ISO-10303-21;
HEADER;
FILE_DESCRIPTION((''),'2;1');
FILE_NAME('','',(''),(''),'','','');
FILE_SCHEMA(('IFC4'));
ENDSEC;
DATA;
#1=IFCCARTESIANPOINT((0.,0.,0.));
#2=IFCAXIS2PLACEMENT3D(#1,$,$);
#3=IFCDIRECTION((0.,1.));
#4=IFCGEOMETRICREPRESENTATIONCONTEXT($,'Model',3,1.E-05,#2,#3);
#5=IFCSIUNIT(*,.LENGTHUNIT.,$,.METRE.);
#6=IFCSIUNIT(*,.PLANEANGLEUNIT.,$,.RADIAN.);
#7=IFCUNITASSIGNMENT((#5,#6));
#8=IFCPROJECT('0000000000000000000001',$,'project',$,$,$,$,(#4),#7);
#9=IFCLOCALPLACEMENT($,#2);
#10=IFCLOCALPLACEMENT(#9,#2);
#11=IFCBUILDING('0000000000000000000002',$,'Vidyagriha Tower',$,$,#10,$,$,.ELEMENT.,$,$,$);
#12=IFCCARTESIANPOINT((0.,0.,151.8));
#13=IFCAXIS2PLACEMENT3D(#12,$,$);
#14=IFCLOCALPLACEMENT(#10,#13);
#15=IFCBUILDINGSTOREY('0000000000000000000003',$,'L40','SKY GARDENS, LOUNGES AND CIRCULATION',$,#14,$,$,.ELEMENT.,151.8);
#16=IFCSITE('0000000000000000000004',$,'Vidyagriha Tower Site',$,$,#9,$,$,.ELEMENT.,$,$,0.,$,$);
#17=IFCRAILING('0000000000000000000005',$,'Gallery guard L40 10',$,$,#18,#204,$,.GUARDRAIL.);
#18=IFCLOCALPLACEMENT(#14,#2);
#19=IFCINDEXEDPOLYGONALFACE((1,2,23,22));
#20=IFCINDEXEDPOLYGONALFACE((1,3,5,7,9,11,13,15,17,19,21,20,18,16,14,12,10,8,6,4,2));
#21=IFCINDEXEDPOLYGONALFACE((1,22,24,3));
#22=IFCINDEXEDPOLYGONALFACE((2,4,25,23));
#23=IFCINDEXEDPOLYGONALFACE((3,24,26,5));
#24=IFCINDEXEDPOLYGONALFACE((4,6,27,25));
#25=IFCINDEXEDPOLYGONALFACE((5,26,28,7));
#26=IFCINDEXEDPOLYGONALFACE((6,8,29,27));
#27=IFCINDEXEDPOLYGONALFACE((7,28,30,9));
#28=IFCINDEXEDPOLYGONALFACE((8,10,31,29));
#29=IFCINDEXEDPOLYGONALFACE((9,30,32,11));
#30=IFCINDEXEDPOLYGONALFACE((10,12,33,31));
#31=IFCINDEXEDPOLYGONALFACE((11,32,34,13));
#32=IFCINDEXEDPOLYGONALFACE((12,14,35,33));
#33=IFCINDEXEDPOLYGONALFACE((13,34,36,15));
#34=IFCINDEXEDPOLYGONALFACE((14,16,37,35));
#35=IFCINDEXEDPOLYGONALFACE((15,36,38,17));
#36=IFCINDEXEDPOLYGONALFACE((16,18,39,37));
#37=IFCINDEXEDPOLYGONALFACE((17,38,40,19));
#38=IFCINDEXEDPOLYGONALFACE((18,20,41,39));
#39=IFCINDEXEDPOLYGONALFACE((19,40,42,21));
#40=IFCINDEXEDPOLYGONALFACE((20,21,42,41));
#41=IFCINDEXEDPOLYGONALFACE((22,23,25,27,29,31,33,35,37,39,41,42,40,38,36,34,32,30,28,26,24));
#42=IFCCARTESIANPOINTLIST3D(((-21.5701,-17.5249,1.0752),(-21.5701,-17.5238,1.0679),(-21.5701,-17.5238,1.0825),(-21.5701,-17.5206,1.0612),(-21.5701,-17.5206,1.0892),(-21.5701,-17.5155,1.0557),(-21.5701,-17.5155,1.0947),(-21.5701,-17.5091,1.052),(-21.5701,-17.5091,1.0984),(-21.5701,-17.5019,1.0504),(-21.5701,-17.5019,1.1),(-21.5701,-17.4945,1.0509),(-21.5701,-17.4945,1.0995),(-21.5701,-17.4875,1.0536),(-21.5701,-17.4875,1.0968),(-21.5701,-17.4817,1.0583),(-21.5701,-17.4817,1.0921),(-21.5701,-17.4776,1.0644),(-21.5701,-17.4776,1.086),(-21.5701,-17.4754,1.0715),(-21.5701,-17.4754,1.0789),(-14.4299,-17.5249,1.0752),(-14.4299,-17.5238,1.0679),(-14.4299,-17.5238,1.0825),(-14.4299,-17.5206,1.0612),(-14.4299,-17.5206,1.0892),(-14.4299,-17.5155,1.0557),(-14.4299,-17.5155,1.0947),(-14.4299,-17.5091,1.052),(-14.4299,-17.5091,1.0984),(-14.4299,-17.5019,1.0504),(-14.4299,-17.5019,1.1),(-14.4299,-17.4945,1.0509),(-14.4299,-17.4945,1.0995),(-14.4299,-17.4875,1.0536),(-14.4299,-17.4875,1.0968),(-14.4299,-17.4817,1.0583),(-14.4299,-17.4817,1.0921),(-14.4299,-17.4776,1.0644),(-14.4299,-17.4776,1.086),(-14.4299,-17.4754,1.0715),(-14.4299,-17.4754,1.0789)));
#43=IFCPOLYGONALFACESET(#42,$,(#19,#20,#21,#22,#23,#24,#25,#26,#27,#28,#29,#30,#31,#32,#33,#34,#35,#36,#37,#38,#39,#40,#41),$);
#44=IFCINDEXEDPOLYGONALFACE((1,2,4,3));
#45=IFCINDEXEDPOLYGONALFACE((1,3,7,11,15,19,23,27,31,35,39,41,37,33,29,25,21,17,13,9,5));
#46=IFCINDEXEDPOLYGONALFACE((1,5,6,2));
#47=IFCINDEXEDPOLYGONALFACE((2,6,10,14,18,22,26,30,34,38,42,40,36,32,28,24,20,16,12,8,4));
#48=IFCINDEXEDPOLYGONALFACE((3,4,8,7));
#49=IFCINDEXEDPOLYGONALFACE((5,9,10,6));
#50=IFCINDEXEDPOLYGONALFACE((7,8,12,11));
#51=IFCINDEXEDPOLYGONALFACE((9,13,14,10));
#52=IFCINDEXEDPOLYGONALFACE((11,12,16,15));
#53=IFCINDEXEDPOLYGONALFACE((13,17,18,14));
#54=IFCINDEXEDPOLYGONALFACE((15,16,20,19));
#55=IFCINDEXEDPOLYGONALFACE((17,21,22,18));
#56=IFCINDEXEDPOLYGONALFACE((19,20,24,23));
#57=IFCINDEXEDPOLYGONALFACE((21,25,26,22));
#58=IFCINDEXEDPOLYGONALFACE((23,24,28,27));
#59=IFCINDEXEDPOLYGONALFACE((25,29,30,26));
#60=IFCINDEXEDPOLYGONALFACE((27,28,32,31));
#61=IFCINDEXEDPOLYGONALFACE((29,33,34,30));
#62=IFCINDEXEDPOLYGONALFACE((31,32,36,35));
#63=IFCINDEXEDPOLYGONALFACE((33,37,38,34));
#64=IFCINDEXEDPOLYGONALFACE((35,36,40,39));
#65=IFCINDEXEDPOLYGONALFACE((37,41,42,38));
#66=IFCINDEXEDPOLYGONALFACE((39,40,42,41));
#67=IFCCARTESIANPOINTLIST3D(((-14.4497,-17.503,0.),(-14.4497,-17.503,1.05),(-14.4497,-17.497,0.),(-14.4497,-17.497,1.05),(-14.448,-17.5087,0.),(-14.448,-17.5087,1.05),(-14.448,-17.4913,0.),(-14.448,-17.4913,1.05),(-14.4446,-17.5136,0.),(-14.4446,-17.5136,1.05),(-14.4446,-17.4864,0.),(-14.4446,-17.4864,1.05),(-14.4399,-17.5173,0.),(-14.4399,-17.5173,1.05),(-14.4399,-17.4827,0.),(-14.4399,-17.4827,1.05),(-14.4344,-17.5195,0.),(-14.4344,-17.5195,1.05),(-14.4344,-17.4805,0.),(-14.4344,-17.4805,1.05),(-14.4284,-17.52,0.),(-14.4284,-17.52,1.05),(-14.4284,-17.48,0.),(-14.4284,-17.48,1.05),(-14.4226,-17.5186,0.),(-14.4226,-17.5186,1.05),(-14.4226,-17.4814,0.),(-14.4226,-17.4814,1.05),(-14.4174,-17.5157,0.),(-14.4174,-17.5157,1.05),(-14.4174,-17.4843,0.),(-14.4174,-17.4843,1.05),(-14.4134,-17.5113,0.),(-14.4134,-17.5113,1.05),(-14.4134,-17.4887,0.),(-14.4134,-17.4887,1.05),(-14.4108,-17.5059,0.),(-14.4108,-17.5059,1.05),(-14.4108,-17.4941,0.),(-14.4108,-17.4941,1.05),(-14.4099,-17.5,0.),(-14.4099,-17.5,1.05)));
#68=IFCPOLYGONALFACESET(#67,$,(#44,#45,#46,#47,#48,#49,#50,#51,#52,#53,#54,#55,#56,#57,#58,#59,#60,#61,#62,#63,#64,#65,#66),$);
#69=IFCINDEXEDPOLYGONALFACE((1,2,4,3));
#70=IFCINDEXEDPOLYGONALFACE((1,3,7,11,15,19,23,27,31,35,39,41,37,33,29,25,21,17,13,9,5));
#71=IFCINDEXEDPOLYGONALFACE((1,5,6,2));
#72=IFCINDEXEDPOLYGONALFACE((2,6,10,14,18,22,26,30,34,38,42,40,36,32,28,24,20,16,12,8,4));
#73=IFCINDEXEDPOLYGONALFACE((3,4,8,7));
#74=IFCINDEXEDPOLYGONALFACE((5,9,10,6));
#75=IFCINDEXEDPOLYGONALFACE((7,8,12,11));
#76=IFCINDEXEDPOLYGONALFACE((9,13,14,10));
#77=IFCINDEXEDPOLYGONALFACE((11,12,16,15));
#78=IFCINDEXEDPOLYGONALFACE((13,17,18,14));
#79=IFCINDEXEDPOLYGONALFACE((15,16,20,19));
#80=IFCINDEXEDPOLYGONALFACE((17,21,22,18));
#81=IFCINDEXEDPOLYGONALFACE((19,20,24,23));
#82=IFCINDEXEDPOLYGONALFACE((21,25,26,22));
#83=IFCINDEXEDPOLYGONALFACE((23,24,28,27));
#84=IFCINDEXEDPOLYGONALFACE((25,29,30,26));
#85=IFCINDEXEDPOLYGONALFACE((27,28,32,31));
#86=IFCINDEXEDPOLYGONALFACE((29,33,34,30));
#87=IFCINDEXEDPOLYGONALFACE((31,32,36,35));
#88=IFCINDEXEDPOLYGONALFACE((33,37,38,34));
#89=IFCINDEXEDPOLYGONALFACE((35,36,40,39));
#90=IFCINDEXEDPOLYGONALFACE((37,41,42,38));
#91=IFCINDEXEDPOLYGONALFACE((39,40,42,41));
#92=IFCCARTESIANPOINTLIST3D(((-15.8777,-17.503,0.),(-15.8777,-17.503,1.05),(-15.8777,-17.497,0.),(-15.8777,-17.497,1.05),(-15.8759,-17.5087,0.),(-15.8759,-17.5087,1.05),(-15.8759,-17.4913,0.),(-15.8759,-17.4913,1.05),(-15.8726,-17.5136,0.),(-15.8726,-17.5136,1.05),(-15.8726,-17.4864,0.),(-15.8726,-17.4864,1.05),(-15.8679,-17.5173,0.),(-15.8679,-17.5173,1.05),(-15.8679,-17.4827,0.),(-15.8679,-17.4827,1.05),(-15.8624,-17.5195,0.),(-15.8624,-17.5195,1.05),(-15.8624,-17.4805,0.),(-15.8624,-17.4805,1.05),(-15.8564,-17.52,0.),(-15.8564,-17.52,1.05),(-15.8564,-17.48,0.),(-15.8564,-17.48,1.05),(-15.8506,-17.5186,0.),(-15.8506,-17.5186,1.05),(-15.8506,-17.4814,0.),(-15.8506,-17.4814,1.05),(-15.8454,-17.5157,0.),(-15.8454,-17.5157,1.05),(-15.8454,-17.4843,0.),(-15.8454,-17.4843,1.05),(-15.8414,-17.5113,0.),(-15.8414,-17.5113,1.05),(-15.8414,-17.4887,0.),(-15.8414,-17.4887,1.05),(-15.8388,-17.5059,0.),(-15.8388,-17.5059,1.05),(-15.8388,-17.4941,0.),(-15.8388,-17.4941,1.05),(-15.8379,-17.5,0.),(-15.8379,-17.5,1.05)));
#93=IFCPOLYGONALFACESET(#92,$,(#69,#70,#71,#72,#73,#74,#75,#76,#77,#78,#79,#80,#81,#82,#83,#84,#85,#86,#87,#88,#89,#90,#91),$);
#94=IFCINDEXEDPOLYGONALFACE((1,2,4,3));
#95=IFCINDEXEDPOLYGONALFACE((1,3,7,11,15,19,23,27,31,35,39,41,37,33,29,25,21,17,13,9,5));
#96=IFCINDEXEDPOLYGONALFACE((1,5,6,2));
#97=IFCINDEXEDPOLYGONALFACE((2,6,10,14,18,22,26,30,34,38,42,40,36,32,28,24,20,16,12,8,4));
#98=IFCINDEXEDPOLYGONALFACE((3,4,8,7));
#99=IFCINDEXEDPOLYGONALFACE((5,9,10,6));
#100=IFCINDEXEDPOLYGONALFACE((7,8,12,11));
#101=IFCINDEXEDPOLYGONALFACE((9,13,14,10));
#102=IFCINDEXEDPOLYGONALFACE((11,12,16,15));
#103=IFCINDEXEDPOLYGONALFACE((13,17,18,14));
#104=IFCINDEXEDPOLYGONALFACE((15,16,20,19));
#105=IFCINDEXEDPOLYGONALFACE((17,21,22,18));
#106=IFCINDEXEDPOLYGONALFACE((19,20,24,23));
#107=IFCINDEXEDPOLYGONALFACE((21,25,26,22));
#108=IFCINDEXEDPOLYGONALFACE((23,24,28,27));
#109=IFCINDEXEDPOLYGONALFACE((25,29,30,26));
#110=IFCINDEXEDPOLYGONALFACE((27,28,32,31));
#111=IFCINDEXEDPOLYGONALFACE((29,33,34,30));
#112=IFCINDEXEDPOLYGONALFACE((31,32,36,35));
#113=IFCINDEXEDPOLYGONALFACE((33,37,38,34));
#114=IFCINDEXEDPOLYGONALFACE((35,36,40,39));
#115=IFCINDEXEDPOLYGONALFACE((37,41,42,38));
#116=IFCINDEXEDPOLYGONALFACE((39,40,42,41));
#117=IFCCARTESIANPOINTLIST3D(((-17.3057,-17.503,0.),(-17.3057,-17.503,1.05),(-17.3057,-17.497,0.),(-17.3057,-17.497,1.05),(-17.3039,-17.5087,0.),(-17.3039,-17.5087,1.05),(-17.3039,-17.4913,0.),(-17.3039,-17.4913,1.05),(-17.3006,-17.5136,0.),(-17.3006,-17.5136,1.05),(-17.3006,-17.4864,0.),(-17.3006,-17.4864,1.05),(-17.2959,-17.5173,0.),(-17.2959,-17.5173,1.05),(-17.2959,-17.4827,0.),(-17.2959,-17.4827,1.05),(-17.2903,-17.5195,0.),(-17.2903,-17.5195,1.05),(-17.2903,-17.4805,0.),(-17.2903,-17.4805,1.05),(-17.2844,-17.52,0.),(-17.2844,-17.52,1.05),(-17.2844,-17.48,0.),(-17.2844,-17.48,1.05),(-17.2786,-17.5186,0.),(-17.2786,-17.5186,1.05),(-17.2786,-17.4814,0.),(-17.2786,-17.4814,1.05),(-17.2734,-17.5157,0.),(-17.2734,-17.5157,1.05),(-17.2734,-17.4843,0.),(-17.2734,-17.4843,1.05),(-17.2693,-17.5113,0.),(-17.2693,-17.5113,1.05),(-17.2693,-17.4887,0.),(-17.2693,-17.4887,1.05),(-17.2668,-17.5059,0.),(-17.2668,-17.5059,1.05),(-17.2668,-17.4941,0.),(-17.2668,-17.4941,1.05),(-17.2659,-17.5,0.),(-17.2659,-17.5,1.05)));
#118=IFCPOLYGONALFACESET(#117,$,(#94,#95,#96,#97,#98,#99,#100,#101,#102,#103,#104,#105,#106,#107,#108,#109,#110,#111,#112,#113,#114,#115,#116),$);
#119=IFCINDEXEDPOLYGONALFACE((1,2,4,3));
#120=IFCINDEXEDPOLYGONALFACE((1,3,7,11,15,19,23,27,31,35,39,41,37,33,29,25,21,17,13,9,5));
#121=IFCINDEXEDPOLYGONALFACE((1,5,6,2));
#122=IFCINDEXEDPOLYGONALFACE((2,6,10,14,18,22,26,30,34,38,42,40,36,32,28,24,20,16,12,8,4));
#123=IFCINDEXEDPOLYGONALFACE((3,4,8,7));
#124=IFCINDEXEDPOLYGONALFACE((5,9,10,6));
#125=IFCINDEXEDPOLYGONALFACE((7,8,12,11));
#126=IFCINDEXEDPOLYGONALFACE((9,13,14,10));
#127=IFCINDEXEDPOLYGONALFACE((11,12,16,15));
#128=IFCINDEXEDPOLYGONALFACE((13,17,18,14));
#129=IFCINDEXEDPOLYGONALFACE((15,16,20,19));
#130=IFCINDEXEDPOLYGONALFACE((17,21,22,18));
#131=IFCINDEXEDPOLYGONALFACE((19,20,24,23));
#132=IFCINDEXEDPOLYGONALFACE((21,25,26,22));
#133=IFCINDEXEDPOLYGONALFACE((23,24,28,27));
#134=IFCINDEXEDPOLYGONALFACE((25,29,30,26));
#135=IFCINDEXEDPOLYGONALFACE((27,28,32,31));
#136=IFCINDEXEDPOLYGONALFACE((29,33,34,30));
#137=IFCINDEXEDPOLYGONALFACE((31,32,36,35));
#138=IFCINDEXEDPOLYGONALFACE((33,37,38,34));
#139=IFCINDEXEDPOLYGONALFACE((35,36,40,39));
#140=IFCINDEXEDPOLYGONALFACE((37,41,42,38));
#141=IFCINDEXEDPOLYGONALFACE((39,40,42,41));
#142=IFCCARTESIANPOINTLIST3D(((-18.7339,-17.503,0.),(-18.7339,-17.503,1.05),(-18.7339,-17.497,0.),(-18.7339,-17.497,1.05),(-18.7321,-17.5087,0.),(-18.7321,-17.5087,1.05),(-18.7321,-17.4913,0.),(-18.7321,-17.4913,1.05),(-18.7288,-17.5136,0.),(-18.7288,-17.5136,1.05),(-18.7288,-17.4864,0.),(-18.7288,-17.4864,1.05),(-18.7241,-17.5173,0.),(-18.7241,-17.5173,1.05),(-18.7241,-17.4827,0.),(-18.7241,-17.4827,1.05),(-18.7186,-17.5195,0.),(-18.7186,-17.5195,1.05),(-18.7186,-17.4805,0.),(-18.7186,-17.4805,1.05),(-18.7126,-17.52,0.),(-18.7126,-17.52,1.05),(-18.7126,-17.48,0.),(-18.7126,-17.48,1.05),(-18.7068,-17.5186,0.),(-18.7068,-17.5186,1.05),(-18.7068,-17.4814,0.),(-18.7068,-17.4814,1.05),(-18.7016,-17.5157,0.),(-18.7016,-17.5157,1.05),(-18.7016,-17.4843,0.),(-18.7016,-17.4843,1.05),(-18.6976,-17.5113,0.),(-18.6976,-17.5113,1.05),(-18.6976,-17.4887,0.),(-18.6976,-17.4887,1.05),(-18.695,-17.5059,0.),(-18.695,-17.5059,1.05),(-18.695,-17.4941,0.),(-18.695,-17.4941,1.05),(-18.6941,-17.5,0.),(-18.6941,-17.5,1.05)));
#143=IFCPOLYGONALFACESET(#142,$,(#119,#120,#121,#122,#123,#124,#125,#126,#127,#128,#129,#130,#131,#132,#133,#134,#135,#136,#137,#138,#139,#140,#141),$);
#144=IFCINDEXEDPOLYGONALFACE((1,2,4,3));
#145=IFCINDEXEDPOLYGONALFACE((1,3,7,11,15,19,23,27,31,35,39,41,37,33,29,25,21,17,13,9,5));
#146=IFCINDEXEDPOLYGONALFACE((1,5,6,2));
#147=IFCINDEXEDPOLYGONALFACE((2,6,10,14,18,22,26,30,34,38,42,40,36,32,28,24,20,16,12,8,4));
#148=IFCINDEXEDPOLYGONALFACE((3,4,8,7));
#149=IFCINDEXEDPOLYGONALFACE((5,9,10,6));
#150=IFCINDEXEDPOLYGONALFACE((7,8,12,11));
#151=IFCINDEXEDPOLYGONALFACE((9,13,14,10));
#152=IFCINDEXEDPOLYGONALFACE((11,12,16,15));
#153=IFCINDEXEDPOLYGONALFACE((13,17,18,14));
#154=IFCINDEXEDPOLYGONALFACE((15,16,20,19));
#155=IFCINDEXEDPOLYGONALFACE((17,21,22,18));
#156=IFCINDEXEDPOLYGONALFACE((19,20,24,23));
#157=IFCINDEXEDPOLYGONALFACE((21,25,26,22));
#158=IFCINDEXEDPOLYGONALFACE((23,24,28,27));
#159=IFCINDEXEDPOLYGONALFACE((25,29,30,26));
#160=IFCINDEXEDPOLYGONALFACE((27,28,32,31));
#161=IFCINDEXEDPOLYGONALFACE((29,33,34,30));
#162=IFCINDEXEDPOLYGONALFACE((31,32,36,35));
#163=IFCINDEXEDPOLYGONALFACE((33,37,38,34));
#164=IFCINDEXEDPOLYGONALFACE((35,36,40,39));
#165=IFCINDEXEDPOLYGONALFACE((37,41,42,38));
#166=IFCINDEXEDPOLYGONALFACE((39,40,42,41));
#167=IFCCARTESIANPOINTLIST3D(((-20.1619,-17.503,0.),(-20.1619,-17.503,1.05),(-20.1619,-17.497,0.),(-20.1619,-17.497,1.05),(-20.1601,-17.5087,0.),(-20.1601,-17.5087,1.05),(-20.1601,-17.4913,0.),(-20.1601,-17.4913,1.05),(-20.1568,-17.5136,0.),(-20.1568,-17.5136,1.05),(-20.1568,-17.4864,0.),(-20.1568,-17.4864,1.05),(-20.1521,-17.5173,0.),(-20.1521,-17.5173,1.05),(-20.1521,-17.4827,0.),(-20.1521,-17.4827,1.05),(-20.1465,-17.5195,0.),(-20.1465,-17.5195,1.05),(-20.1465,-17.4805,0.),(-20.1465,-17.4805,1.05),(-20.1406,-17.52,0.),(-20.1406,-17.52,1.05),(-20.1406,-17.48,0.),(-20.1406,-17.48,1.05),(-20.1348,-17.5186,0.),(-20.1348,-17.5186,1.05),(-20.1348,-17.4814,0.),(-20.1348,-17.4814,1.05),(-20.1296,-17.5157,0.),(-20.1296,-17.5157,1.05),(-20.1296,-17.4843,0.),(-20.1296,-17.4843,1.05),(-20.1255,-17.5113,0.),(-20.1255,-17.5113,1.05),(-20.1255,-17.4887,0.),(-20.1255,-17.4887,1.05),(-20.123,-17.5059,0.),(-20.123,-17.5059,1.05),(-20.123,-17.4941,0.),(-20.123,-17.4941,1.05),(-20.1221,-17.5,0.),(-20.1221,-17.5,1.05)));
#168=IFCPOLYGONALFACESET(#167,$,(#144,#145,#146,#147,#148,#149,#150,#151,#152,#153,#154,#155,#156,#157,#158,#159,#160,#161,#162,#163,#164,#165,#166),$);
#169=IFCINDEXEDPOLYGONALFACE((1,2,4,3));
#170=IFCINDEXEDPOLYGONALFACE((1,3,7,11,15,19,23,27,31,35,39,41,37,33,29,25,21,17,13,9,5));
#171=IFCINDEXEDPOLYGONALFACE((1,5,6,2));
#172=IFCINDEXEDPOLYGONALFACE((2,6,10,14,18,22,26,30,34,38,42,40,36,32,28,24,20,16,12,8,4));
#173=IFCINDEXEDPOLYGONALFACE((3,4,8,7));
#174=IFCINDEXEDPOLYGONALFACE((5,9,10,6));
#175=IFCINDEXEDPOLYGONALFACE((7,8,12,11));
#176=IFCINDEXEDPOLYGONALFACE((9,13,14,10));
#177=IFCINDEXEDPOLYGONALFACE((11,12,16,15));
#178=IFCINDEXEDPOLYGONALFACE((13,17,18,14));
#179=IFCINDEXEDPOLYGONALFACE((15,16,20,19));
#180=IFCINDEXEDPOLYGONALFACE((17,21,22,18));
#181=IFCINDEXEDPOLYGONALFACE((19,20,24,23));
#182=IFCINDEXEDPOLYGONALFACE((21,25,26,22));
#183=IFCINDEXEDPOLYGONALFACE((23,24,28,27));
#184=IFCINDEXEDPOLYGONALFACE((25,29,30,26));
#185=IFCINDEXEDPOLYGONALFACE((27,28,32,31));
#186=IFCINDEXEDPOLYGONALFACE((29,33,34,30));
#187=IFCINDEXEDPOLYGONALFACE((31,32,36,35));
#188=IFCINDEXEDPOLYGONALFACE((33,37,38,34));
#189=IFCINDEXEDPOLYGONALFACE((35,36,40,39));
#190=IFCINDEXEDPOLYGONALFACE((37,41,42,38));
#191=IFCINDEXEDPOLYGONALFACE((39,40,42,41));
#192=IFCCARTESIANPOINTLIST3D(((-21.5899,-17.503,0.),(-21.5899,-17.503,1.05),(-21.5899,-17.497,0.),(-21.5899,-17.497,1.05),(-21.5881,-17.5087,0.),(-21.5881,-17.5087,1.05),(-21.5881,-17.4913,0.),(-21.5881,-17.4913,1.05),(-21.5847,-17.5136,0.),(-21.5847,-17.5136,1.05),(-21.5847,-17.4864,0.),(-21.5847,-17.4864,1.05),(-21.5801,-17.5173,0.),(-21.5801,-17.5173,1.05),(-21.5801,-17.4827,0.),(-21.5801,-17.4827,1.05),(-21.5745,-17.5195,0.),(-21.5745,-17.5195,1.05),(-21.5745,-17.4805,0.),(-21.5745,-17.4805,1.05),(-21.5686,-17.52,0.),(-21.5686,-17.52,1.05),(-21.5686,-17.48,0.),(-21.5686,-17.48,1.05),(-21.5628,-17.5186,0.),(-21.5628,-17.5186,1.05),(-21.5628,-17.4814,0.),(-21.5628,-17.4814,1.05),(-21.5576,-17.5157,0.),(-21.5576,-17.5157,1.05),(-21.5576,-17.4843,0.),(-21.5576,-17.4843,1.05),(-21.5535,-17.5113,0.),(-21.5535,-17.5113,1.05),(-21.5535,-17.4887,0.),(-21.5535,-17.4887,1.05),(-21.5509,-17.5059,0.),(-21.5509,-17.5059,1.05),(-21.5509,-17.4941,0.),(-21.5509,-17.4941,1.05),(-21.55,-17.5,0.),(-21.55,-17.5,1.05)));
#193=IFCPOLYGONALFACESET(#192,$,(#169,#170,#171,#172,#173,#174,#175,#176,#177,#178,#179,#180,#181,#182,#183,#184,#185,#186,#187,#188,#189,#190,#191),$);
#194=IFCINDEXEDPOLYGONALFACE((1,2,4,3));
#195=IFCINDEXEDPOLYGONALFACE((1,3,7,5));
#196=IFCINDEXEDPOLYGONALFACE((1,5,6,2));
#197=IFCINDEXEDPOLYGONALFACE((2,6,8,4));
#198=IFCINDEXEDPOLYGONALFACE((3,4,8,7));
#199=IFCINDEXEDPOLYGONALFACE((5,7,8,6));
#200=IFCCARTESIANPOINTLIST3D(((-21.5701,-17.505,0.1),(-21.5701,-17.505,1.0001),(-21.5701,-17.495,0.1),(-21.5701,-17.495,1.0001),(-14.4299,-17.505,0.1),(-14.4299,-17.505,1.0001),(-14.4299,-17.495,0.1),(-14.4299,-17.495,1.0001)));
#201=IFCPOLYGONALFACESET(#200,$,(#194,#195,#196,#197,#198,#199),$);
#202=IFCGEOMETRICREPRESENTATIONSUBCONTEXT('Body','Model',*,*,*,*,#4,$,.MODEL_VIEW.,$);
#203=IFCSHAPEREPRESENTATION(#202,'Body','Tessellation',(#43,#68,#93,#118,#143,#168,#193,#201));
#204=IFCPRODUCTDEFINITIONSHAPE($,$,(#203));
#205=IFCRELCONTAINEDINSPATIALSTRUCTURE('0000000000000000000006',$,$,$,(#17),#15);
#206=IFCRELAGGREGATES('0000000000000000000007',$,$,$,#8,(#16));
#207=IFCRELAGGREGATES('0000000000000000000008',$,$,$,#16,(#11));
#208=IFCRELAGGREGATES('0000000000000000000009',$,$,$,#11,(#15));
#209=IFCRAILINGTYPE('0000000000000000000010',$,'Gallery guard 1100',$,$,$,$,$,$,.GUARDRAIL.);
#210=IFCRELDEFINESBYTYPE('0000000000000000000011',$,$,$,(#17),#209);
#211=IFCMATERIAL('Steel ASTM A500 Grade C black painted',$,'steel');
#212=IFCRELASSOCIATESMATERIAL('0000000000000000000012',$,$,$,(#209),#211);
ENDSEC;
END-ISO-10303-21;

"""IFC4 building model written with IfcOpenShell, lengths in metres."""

from ifc_helpers import new_model, si_unit, direction, frame, origin, origin_2d, place, context, subcontext, project, spatial, rectangle, circle, extrude, material, type_object, element, save


model = new_model("IFC4")

# Units and contexts
model_context = context("Model", 3, precision=1e-05, world=origin(), true_north=direction((0.0, 1.0)))
body_context = subcontext(model_context, "Body", "Model", "MODEL_VIEW")
ifc_project = project(units=[si_unit("LENGTHUNIT", "METRE"), si_unit("PLANEANGLEUNIT", "RADIAN")], contexts=[model_context])

# Site, building, storey
site_placement = place(None, origin())
site = spatial("IfcSite", under=ifc_project, at=site_placement, Name="Vidyagriha Tower Site", CompositionType="ELEMENT", RefElevation=0.0)
building_placement = place(site_placement, origin())
building = spatial("IfcBuilding", under=site, at=building_placement, Name="Vidyagriha Tower", CompositionType="ELEMENT")
storey_placement = place(building_placement, frame((0.0, 0.0, 151.8)))
storey = spatial("IfcBuildingStorey", under=building, at=storey_placement, Name="L40", Description="SKY GARDENS, LOUNGES AND CIRCULATION", CompositionType="ELEMENT", Elevation=151.8)

# Railing
ifc_material_1 = material(Name="Steel ASTM A500 Grade C black painted", Category="steel")
railing_type = type_object("IfcRailingType", Name="Gallery guard 1100", PredefinedType="GUARDRAIL", material=ifc_material_1)
railing_1_placement = place(storey_placement, frame((-14.4299, -17.5, 0.0)))
element("IfcRailing", 1, at=railing_1_placement, inside=storey, type_object=railing_type, Name="Gallery guard L40 10", PredefinedType="GUARDRAIL", context=body_context, shape_type="SweptSolid", body=[
    extrude(circle(Radius=0.0249, at=origin_2d()), frame((0.0, 0.0, 1.0752), z_axis=(-1.0, 0.0, 0.0), x_axis=(0.0, -1.0, 0.0)), (0.0, 0.0, 1.0), 7.1401),
    extrude(circle(Radius=0.02, at=origin_2d()), origin(), (0.0, 0.0, 1.0), 1.05),
    extrude(circle(Radius=0.02, at=origin_2d()), frame((-1.428, 0.0, 0.0)), (0.0, 0.0, 1.0), 1.05),
    extrude(circle(Radius=0.02, at=origin_2d()), frame((-2.856, 0.0, 0.0)), (0.0, 0.0, 1.0), 1.05),
    extrude(circle(Radius=0.02, at=origin_2d()), frame((-4.2842, 0.0, 0.0)), (0.0, 0.0, 1.0), 1.05),
    extrude(circle(Radius=0.02, at=origin_2d()), frame((-5.7122, 0.0, 0.0)), (0.0, 0.0, 1.0), 1.05),
    extrude(circle(Radius=0.02, at=origin_2d()), frame((-7.1401, 0.0, 0.0)), (0.0, 0.0, 1.0), 1.05),
    extrude(rectangle(XDim=0.01, YDim=0.9001, at=origin_2d()), frame((0.0, 0.0, 0.55), z_axis=(-1.0, 0.0, 0.0), x_axis=(0.0, -1.0, 0.0)), (0.0, 0.0, 1.0), 7.1401),
])

save(model, "model.ifc")
